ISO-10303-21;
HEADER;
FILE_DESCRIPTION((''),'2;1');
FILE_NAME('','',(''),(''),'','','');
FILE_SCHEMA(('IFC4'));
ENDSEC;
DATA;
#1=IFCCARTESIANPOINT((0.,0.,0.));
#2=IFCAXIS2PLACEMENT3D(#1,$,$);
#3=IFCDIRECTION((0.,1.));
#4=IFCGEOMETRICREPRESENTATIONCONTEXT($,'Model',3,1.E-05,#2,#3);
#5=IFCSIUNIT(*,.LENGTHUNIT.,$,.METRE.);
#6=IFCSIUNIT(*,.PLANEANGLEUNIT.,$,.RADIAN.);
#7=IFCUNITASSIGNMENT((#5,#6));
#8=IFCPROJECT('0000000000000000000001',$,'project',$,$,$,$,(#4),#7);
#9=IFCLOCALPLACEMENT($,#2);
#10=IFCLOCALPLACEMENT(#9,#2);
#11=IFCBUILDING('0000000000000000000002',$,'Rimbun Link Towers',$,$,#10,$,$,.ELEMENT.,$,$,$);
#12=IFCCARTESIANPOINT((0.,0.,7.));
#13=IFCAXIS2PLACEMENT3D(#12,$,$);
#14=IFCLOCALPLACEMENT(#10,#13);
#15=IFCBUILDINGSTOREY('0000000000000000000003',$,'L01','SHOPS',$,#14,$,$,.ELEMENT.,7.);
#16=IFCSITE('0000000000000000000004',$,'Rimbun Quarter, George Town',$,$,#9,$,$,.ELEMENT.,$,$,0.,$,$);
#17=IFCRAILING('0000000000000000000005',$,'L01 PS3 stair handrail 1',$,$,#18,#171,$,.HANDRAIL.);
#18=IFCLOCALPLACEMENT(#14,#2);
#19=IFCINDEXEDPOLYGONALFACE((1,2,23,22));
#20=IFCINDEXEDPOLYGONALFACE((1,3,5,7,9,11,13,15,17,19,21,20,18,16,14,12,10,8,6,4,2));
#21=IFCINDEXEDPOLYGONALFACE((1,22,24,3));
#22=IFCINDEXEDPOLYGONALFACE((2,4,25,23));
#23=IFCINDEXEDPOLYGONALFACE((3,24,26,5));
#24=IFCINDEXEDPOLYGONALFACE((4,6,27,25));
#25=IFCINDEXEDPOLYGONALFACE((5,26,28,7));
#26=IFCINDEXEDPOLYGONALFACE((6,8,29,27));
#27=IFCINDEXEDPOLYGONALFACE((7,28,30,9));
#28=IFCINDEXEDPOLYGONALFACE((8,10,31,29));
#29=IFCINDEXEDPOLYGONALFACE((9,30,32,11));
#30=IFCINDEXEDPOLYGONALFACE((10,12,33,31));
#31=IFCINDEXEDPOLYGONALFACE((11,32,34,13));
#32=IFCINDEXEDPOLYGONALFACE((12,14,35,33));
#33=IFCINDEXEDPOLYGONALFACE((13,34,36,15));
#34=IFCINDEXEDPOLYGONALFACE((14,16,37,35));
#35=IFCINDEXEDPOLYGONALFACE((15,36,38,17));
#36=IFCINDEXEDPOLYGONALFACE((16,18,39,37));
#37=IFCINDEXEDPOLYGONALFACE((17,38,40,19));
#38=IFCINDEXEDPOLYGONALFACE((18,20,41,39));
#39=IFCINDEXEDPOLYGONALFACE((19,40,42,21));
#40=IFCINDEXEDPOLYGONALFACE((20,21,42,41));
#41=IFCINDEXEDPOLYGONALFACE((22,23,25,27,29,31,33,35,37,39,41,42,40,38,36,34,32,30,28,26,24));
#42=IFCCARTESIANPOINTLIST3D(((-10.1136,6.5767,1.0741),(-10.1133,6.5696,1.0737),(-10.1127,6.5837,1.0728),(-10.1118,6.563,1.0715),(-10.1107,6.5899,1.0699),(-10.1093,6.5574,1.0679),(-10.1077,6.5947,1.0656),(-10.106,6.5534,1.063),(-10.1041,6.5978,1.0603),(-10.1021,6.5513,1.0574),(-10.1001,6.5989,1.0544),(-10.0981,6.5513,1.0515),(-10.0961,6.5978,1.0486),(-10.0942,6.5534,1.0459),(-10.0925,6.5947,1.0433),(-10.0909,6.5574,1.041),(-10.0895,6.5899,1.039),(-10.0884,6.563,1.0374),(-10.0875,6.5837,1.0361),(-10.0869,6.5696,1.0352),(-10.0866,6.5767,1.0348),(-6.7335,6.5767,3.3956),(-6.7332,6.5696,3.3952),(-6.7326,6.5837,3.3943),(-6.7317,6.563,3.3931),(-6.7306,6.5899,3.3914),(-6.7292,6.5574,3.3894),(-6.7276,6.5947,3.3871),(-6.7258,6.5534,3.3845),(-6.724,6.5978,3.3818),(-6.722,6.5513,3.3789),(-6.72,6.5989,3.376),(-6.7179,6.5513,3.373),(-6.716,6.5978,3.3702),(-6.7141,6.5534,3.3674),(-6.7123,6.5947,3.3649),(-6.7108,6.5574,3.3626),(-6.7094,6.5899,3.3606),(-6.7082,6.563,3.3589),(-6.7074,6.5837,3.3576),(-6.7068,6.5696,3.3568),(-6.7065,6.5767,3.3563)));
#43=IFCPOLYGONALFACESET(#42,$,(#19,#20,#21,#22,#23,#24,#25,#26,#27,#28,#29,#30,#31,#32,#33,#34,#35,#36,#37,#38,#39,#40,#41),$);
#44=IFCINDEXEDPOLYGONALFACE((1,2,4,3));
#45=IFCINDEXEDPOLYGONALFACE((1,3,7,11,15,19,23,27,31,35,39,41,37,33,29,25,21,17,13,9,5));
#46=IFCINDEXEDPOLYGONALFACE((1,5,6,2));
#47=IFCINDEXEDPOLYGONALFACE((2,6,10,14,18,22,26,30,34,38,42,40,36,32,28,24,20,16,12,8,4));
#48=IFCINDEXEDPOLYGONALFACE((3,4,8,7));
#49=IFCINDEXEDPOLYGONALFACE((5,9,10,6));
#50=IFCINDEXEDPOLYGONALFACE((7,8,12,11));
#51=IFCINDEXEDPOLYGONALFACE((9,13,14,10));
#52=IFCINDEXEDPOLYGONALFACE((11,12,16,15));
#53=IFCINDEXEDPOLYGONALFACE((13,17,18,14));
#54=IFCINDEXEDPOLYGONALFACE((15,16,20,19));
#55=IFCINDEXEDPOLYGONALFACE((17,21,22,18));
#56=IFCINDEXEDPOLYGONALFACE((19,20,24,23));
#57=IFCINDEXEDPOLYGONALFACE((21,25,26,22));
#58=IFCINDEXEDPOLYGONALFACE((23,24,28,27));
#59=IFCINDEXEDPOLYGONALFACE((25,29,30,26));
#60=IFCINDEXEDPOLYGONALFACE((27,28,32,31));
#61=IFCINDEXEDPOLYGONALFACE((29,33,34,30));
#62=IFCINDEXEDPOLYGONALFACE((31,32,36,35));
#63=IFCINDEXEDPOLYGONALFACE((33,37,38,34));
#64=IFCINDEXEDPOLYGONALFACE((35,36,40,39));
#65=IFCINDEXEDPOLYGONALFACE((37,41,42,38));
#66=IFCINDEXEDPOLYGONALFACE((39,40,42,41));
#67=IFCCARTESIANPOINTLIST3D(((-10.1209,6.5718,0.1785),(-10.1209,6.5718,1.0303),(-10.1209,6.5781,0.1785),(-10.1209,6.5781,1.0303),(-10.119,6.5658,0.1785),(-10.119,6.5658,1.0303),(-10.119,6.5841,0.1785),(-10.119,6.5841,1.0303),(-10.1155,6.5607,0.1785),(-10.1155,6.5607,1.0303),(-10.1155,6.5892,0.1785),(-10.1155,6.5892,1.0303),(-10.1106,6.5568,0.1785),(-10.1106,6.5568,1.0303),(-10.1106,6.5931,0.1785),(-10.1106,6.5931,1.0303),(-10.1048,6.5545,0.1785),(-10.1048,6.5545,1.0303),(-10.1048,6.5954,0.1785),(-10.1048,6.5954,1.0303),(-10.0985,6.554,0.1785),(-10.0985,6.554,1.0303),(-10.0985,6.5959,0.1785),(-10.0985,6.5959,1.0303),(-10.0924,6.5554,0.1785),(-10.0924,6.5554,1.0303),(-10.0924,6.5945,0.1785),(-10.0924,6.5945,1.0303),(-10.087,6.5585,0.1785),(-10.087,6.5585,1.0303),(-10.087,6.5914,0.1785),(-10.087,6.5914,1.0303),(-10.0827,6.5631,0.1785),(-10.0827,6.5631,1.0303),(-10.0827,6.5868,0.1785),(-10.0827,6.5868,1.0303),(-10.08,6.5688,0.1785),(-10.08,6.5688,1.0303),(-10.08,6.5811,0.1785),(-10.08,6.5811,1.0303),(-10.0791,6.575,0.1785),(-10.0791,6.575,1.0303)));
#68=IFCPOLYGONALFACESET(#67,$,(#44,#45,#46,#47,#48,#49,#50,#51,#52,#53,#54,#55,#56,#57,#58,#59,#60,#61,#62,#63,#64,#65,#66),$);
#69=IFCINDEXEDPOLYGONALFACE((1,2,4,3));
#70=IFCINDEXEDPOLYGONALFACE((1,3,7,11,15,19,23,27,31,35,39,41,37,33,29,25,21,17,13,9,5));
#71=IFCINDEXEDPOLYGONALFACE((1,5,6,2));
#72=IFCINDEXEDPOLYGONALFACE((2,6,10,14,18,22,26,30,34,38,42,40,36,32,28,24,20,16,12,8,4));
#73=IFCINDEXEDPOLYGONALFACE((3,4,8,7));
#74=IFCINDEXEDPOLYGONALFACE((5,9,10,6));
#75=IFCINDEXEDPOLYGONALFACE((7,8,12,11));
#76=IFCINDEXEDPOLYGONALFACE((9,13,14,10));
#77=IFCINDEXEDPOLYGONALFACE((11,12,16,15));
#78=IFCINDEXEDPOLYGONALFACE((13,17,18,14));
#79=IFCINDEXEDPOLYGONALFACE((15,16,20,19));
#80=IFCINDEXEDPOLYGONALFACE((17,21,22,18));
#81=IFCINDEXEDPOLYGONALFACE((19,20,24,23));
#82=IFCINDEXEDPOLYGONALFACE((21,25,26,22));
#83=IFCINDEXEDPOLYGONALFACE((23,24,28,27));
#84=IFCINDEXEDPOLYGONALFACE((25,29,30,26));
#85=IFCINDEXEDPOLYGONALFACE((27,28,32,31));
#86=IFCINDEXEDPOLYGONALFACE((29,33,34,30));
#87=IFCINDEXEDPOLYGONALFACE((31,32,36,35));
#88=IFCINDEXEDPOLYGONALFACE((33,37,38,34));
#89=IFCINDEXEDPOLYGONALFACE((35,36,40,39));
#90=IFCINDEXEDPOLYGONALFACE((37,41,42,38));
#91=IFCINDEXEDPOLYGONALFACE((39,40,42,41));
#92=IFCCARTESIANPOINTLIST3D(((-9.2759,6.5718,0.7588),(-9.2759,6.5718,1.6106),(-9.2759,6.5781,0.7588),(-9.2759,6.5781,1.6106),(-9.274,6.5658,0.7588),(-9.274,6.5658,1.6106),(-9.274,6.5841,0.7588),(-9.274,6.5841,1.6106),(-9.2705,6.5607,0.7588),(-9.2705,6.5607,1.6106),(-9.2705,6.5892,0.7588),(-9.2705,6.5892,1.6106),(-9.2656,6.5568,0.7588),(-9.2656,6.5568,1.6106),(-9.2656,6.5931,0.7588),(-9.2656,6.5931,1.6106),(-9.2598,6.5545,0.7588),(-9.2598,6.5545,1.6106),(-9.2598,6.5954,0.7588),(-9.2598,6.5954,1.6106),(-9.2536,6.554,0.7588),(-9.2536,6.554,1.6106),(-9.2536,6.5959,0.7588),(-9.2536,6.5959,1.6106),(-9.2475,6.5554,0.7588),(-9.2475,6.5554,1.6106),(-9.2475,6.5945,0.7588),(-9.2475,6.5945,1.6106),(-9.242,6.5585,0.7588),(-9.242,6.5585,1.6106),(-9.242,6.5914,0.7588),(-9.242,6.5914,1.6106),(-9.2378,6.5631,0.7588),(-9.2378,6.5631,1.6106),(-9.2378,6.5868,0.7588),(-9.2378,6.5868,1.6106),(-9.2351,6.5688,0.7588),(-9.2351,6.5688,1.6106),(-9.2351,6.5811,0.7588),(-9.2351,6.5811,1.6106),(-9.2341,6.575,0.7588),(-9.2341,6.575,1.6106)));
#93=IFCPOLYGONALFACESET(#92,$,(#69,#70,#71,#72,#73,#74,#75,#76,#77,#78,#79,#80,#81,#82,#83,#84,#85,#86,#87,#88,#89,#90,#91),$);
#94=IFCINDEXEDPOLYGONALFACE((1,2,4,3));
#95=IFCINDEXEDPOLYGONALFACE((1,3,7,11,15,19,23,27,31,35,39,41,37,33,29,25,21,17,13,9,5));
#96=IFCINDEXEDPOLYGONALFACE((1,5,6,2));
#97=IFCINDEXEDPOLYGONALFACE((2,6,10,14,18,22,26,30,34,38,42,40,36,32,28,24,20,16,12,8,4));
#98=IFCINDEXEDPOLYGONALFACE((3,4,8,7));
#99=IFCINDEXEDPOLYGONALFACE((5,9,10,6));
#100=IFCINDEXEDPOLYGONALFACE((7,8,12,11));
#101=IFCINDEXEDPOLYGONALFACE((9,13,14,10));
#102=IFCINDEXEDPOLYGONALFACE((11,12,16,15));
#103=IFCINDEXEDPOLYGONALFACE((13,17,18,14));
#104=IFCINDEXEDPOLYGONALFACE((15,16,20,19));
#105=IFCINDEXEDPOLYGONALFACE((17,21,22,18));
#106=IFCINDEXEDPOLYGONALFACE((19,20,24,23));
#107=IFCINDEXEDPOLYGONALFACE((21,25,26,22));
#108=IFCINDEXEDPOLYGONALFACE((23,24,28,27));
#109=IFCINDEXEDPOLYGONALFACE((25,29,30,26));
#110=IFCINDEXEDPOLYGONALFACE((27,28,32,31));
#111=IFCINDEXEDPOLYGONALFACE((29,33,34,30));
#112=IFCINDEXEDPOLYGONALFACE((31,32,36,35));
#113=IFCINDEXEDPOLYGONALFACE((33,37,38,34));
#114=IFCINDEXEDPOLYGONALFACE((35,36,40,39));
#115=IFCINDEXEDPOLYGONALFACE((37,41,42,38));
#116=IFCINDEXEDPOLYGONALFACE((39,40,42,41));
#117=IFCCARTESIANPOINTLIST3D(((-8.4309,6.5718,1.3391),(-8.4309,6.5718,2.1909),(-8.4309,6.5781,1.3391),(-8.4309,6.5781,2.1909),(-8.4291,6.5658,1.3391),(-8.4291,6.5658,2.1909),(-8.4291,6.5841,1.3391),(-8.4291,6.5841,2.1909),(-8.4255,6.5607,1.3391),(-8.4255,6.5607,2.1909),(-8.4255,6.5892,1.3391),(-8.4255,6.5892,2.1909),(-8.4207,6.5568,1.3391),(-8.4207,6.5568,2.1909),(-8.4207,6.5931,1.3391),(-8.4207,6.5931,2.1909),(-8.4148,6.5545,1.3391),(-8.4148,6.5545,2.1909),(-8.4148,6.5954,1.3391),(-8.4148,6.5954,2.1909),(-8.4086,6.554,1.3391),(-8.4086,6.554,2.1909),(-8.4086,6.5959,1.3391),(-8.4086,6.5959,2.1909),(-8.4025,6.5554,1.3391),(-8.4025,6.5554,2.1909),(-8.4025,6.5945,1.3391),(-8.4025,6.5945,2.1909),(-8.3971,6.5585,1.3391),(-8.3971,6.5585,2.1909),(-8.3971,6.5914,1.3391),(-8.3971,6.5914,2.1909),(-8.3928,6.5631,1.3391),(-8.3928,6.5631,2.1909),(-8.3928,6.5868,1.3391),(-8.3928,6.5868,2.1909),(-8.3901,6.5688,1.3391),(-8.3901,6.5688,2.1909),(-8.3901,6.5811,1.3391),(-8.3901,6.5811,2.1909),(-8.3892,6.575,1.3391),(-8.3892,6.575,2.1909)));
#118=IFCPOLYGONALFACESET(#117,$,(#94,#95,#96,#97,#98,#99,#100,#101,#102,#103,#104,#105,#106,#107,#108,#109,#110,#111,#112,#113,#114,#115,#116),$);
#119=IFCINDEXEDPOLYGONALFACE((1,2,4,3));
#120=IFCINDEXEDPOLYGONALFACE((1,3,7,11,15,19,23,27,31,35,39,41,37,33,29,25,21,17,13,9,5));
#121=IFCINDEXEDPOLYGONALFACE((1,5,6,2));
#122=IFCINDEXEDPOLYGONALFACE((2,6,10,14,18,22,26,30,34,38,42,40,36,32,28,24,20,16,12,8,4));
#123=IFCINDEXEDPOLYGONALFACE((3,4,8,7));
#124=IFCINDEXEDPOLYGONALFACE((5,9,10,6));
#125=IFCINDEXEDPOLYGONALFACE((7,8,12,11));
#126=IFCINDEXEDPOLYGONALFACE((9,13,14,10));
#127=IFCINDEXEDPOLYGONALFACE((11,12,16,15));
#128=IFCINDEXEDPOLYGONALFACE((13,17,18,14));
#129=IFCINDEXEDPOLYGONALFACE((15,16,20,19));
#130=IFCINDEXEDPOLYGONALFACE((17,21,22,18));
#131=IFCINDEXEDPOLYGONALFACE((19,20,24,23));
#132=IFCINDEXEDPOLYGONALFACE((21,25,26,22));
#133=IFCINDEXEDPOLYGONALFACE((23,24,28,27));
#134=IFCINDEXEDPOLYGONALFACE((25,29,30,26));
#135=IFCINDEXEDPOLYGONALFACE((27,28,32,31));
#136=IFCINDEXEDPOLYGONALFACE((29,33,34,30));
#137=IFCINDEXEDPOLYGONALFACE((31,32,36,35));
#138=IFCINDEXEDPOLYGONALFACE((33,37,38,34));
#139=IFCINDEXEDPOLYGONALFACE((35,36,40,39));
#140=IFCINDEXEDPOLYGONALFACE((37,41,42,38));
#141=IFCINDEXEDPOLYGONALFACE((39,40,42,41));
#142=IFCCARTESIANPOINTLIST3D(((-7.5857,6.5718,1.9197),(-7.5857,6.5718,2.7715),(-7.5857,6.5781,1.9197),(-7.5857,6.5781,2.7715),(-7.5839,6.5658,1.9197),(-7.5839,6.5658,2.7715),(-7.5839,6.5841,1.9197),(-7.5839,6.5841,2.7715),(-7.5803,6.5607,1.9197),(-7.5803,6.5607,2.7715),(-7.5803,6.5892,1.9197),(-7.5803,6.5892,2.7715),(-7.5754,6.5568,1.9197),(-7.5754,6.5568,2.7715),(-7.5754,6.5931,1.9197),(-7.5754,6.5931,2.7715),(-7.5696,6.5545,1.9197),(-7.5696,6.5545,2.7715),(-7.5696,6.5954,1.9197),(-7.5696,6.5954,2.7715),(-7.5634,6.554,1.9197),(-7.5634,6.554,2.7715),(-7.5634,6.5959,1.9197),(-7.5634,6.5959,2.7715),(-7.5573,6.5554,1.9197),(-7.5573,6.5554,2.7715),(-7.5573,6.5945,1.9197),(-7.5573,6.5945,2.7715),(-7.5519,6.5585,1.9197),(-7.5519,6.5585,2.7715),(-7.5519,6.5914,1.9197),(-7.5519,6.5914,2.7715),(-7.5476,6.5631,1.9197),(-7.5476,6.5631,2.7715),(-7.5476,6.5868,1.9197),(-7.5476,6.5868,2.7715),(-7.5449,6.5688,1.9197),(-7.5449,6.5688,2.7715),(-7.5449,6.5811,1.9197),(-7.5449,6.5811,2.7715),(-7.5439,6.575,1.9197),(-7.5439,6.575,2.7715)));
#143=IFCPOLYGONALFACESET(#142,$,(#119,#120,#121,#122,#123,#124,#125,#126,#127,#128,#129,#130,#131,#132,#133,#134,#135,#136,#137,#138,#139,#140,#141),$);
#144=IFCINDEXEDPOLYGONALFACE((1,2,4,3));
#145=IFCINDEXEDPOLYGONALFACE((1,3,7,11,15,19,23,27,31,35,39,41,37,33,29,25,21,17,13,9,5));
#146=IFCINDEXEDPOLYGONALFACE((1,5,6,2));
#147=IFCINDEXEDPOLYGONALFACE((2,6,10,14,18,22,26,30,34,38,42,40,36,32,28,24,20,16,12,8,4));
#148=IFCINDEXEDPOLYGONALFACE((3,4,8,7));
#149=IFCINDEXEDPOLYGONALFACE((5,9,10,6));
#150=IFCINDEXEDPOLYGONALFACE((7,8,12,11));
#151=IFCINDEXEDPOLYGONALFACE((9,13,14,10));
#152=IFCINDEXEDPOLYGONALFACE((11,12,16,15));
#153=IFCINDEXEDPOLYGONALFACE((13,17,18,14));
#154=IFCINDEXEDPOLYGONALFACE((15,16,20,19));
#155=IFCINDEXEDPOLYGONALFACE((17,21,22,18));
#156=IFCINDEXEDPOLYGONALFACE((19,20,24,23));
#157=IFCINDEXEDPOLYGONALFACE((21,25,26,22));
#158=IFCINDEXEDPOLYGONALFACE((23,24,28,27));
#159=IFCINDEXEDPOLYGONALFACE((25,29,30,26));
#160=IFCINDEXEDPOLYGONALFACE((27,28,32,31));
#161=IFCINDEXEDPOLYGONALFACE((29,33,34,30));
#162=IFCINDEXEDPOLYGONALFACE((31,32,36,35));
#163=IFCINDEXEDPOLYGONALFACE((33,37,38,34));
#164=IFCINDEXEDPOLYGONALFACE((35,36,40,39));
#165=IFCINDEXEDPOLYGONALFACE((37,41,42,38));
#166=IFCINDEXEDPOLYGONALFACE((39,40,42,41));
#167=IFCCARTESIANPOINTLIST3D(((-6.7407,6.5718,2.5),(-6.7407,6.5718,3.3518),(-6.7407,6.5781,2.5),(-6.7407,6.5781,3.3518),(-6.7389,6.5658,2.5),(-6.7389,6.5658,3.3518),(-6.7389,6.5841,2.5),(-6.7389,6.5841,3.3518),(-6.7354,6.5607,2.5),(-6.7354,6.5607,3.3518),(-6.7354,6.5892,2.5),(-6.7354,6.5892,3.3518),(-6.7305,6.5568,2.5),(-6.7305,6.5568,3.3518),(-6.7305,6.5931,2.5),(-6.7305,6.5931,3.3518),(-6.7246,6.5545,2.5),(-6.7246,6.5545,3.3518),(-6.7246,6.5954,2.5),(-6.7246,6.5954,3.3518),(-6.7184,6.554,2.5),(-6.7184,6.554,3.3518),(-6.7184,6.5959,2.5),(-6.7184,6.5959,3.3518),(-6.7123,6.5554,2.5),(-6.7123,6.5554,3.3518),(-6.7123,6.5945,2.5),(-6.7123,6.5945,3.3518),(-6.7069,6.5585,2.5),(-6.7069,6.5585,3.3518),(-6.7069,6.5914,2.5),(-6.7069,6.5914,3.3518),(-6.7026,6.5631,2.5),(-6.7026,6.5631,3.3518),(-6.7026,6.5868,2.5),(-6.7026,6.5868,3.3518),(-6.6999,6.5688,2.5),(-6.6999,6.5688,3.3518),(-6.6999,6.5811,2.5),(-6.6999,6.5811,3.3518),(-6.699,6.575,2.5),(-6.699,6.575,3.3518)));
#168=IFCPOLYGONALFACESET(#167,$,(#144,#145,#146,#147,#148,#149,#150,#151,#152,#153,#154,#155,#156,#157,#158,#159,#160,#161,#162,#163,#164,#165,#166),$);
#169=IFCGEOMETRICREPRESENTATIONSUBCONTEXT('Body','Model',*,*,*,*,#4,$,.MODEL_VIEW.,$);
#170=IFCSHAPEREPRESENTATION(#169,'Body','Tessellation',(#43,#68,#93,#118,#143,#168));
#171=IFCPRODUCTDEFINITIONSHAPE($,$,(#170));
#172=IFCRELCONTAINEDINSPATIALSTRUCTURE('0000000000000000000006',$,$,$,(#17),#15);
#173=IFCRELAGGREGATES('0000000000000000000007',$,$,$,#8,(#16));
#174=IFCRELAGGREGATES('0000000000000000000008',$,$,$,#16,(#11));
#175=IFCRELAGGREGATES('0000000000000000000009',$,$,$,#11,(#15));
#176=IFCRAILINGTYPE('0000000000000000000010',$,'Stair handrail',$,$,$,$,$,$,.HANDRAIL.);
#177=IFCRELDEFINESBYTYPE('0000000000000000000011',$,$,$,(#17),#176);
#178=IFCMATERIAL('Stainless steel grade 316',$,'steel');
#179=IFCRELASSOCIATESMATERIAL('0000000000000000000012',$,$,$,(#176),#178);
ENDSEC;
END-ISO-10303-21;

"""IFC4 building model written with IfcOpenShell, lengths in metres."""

from ifc_helpers import new_model, si_unit, direction, frame, origin, origin_2d, place, context, subcontext, project, spatial, circle, extrude, material, type_object, element, save


model = new_model("IFC4")

# Units and contexts
model_context = context("Model", 3, precision=1e-05, world=origin(), true_north=direction((0.0, 1.0)))
body_context = subcontext(model_context, "Body", "Model", "MODEL_VIEW")
ifc_project = project(units=[si_unit("LENGTHUNIT", "METRE"), si_unit("PLANEANGLEUNIT", "RADIAN")], contexts=[model_context])

# Site, building, storey
site_placement = place(None, origin())
site = spatial("IfcSite", under=ifc_project, at=site_placement, Name="Rimbun Quarter, George Town", CompositionType="ELEMENT", RefElevation=0.0)
building_placement = place(site_placement, origin())
building = spatial("IfcBuilding", under=site, at=building_placement, Name="Rimbun Link Towers", CompositionType="ELEMENT")
storey_placement = place(building_placement, frame((0.0, 0.0, 7.0)))
storey = spatial("IfcBuildingStorey", under=building, at=storey_placement, Name="L01", Description="SHOPS", CompositionType="ELEMENT", Elevation=7.0)

# Railing
ifc_material_1 = material(Name="Stainless steel grade 316", Category="steel")
railing_type_1 = type_object("IfcRailingType", Name="Stair handrail", PredefinedType="HANDRAIL", material=ifc_material_1)
railing_1_placement = place(storey_placement, frame((-10.1001, 6.575, 0.1785)))
element("IfcRailing", 1, at=railing_1_placement, inside=storey, type_object=railing_type_1, Name="L01 PS3 stair handrail 1", PredefinedType="HANDRAIL", context=body_context, shape_type="SweptSolid", body=[
    extrude(circle(Radius=0.0239, at=origin_2d()), frame((0.0, 0.0, 0.876), z_axis=(0.824304, 0.0, 0.566147), x_axis=(0.0, 1.0, 0.0)), (0.0, 0.0, 1.0), 4.1006),
    extrude(circle(Radius=0.021, at=origin_2d()), origin(), (0.0, 0.0, 1.0), 0.8518),
    extrude(circle(Radius=0.021, at=origin_2d()), frame((0.845, 0.0, 0.5803)), (0.0, 0.0, 1.0), 0.8518),
    extrude(circle(Radius=0.021, at=origin_2d()), frame((1.6899, 0.0, 1.1606)), (0.0, 0.0, 1.0), 0.8518),
    extrude(circle(Radius=0.021, at=origin_2d()), frame((2.5352, 0.0, 1.7412)), (0.0, 0.0, 1.0), 0.8518),
    extrude(circle(Radius=0.021, at=origin_2d()), frame((3.3801, 0.0, 2.3215)), (0.0, 0.0, 1.0), 0.8518),
])

save(model, "model.ifc")
